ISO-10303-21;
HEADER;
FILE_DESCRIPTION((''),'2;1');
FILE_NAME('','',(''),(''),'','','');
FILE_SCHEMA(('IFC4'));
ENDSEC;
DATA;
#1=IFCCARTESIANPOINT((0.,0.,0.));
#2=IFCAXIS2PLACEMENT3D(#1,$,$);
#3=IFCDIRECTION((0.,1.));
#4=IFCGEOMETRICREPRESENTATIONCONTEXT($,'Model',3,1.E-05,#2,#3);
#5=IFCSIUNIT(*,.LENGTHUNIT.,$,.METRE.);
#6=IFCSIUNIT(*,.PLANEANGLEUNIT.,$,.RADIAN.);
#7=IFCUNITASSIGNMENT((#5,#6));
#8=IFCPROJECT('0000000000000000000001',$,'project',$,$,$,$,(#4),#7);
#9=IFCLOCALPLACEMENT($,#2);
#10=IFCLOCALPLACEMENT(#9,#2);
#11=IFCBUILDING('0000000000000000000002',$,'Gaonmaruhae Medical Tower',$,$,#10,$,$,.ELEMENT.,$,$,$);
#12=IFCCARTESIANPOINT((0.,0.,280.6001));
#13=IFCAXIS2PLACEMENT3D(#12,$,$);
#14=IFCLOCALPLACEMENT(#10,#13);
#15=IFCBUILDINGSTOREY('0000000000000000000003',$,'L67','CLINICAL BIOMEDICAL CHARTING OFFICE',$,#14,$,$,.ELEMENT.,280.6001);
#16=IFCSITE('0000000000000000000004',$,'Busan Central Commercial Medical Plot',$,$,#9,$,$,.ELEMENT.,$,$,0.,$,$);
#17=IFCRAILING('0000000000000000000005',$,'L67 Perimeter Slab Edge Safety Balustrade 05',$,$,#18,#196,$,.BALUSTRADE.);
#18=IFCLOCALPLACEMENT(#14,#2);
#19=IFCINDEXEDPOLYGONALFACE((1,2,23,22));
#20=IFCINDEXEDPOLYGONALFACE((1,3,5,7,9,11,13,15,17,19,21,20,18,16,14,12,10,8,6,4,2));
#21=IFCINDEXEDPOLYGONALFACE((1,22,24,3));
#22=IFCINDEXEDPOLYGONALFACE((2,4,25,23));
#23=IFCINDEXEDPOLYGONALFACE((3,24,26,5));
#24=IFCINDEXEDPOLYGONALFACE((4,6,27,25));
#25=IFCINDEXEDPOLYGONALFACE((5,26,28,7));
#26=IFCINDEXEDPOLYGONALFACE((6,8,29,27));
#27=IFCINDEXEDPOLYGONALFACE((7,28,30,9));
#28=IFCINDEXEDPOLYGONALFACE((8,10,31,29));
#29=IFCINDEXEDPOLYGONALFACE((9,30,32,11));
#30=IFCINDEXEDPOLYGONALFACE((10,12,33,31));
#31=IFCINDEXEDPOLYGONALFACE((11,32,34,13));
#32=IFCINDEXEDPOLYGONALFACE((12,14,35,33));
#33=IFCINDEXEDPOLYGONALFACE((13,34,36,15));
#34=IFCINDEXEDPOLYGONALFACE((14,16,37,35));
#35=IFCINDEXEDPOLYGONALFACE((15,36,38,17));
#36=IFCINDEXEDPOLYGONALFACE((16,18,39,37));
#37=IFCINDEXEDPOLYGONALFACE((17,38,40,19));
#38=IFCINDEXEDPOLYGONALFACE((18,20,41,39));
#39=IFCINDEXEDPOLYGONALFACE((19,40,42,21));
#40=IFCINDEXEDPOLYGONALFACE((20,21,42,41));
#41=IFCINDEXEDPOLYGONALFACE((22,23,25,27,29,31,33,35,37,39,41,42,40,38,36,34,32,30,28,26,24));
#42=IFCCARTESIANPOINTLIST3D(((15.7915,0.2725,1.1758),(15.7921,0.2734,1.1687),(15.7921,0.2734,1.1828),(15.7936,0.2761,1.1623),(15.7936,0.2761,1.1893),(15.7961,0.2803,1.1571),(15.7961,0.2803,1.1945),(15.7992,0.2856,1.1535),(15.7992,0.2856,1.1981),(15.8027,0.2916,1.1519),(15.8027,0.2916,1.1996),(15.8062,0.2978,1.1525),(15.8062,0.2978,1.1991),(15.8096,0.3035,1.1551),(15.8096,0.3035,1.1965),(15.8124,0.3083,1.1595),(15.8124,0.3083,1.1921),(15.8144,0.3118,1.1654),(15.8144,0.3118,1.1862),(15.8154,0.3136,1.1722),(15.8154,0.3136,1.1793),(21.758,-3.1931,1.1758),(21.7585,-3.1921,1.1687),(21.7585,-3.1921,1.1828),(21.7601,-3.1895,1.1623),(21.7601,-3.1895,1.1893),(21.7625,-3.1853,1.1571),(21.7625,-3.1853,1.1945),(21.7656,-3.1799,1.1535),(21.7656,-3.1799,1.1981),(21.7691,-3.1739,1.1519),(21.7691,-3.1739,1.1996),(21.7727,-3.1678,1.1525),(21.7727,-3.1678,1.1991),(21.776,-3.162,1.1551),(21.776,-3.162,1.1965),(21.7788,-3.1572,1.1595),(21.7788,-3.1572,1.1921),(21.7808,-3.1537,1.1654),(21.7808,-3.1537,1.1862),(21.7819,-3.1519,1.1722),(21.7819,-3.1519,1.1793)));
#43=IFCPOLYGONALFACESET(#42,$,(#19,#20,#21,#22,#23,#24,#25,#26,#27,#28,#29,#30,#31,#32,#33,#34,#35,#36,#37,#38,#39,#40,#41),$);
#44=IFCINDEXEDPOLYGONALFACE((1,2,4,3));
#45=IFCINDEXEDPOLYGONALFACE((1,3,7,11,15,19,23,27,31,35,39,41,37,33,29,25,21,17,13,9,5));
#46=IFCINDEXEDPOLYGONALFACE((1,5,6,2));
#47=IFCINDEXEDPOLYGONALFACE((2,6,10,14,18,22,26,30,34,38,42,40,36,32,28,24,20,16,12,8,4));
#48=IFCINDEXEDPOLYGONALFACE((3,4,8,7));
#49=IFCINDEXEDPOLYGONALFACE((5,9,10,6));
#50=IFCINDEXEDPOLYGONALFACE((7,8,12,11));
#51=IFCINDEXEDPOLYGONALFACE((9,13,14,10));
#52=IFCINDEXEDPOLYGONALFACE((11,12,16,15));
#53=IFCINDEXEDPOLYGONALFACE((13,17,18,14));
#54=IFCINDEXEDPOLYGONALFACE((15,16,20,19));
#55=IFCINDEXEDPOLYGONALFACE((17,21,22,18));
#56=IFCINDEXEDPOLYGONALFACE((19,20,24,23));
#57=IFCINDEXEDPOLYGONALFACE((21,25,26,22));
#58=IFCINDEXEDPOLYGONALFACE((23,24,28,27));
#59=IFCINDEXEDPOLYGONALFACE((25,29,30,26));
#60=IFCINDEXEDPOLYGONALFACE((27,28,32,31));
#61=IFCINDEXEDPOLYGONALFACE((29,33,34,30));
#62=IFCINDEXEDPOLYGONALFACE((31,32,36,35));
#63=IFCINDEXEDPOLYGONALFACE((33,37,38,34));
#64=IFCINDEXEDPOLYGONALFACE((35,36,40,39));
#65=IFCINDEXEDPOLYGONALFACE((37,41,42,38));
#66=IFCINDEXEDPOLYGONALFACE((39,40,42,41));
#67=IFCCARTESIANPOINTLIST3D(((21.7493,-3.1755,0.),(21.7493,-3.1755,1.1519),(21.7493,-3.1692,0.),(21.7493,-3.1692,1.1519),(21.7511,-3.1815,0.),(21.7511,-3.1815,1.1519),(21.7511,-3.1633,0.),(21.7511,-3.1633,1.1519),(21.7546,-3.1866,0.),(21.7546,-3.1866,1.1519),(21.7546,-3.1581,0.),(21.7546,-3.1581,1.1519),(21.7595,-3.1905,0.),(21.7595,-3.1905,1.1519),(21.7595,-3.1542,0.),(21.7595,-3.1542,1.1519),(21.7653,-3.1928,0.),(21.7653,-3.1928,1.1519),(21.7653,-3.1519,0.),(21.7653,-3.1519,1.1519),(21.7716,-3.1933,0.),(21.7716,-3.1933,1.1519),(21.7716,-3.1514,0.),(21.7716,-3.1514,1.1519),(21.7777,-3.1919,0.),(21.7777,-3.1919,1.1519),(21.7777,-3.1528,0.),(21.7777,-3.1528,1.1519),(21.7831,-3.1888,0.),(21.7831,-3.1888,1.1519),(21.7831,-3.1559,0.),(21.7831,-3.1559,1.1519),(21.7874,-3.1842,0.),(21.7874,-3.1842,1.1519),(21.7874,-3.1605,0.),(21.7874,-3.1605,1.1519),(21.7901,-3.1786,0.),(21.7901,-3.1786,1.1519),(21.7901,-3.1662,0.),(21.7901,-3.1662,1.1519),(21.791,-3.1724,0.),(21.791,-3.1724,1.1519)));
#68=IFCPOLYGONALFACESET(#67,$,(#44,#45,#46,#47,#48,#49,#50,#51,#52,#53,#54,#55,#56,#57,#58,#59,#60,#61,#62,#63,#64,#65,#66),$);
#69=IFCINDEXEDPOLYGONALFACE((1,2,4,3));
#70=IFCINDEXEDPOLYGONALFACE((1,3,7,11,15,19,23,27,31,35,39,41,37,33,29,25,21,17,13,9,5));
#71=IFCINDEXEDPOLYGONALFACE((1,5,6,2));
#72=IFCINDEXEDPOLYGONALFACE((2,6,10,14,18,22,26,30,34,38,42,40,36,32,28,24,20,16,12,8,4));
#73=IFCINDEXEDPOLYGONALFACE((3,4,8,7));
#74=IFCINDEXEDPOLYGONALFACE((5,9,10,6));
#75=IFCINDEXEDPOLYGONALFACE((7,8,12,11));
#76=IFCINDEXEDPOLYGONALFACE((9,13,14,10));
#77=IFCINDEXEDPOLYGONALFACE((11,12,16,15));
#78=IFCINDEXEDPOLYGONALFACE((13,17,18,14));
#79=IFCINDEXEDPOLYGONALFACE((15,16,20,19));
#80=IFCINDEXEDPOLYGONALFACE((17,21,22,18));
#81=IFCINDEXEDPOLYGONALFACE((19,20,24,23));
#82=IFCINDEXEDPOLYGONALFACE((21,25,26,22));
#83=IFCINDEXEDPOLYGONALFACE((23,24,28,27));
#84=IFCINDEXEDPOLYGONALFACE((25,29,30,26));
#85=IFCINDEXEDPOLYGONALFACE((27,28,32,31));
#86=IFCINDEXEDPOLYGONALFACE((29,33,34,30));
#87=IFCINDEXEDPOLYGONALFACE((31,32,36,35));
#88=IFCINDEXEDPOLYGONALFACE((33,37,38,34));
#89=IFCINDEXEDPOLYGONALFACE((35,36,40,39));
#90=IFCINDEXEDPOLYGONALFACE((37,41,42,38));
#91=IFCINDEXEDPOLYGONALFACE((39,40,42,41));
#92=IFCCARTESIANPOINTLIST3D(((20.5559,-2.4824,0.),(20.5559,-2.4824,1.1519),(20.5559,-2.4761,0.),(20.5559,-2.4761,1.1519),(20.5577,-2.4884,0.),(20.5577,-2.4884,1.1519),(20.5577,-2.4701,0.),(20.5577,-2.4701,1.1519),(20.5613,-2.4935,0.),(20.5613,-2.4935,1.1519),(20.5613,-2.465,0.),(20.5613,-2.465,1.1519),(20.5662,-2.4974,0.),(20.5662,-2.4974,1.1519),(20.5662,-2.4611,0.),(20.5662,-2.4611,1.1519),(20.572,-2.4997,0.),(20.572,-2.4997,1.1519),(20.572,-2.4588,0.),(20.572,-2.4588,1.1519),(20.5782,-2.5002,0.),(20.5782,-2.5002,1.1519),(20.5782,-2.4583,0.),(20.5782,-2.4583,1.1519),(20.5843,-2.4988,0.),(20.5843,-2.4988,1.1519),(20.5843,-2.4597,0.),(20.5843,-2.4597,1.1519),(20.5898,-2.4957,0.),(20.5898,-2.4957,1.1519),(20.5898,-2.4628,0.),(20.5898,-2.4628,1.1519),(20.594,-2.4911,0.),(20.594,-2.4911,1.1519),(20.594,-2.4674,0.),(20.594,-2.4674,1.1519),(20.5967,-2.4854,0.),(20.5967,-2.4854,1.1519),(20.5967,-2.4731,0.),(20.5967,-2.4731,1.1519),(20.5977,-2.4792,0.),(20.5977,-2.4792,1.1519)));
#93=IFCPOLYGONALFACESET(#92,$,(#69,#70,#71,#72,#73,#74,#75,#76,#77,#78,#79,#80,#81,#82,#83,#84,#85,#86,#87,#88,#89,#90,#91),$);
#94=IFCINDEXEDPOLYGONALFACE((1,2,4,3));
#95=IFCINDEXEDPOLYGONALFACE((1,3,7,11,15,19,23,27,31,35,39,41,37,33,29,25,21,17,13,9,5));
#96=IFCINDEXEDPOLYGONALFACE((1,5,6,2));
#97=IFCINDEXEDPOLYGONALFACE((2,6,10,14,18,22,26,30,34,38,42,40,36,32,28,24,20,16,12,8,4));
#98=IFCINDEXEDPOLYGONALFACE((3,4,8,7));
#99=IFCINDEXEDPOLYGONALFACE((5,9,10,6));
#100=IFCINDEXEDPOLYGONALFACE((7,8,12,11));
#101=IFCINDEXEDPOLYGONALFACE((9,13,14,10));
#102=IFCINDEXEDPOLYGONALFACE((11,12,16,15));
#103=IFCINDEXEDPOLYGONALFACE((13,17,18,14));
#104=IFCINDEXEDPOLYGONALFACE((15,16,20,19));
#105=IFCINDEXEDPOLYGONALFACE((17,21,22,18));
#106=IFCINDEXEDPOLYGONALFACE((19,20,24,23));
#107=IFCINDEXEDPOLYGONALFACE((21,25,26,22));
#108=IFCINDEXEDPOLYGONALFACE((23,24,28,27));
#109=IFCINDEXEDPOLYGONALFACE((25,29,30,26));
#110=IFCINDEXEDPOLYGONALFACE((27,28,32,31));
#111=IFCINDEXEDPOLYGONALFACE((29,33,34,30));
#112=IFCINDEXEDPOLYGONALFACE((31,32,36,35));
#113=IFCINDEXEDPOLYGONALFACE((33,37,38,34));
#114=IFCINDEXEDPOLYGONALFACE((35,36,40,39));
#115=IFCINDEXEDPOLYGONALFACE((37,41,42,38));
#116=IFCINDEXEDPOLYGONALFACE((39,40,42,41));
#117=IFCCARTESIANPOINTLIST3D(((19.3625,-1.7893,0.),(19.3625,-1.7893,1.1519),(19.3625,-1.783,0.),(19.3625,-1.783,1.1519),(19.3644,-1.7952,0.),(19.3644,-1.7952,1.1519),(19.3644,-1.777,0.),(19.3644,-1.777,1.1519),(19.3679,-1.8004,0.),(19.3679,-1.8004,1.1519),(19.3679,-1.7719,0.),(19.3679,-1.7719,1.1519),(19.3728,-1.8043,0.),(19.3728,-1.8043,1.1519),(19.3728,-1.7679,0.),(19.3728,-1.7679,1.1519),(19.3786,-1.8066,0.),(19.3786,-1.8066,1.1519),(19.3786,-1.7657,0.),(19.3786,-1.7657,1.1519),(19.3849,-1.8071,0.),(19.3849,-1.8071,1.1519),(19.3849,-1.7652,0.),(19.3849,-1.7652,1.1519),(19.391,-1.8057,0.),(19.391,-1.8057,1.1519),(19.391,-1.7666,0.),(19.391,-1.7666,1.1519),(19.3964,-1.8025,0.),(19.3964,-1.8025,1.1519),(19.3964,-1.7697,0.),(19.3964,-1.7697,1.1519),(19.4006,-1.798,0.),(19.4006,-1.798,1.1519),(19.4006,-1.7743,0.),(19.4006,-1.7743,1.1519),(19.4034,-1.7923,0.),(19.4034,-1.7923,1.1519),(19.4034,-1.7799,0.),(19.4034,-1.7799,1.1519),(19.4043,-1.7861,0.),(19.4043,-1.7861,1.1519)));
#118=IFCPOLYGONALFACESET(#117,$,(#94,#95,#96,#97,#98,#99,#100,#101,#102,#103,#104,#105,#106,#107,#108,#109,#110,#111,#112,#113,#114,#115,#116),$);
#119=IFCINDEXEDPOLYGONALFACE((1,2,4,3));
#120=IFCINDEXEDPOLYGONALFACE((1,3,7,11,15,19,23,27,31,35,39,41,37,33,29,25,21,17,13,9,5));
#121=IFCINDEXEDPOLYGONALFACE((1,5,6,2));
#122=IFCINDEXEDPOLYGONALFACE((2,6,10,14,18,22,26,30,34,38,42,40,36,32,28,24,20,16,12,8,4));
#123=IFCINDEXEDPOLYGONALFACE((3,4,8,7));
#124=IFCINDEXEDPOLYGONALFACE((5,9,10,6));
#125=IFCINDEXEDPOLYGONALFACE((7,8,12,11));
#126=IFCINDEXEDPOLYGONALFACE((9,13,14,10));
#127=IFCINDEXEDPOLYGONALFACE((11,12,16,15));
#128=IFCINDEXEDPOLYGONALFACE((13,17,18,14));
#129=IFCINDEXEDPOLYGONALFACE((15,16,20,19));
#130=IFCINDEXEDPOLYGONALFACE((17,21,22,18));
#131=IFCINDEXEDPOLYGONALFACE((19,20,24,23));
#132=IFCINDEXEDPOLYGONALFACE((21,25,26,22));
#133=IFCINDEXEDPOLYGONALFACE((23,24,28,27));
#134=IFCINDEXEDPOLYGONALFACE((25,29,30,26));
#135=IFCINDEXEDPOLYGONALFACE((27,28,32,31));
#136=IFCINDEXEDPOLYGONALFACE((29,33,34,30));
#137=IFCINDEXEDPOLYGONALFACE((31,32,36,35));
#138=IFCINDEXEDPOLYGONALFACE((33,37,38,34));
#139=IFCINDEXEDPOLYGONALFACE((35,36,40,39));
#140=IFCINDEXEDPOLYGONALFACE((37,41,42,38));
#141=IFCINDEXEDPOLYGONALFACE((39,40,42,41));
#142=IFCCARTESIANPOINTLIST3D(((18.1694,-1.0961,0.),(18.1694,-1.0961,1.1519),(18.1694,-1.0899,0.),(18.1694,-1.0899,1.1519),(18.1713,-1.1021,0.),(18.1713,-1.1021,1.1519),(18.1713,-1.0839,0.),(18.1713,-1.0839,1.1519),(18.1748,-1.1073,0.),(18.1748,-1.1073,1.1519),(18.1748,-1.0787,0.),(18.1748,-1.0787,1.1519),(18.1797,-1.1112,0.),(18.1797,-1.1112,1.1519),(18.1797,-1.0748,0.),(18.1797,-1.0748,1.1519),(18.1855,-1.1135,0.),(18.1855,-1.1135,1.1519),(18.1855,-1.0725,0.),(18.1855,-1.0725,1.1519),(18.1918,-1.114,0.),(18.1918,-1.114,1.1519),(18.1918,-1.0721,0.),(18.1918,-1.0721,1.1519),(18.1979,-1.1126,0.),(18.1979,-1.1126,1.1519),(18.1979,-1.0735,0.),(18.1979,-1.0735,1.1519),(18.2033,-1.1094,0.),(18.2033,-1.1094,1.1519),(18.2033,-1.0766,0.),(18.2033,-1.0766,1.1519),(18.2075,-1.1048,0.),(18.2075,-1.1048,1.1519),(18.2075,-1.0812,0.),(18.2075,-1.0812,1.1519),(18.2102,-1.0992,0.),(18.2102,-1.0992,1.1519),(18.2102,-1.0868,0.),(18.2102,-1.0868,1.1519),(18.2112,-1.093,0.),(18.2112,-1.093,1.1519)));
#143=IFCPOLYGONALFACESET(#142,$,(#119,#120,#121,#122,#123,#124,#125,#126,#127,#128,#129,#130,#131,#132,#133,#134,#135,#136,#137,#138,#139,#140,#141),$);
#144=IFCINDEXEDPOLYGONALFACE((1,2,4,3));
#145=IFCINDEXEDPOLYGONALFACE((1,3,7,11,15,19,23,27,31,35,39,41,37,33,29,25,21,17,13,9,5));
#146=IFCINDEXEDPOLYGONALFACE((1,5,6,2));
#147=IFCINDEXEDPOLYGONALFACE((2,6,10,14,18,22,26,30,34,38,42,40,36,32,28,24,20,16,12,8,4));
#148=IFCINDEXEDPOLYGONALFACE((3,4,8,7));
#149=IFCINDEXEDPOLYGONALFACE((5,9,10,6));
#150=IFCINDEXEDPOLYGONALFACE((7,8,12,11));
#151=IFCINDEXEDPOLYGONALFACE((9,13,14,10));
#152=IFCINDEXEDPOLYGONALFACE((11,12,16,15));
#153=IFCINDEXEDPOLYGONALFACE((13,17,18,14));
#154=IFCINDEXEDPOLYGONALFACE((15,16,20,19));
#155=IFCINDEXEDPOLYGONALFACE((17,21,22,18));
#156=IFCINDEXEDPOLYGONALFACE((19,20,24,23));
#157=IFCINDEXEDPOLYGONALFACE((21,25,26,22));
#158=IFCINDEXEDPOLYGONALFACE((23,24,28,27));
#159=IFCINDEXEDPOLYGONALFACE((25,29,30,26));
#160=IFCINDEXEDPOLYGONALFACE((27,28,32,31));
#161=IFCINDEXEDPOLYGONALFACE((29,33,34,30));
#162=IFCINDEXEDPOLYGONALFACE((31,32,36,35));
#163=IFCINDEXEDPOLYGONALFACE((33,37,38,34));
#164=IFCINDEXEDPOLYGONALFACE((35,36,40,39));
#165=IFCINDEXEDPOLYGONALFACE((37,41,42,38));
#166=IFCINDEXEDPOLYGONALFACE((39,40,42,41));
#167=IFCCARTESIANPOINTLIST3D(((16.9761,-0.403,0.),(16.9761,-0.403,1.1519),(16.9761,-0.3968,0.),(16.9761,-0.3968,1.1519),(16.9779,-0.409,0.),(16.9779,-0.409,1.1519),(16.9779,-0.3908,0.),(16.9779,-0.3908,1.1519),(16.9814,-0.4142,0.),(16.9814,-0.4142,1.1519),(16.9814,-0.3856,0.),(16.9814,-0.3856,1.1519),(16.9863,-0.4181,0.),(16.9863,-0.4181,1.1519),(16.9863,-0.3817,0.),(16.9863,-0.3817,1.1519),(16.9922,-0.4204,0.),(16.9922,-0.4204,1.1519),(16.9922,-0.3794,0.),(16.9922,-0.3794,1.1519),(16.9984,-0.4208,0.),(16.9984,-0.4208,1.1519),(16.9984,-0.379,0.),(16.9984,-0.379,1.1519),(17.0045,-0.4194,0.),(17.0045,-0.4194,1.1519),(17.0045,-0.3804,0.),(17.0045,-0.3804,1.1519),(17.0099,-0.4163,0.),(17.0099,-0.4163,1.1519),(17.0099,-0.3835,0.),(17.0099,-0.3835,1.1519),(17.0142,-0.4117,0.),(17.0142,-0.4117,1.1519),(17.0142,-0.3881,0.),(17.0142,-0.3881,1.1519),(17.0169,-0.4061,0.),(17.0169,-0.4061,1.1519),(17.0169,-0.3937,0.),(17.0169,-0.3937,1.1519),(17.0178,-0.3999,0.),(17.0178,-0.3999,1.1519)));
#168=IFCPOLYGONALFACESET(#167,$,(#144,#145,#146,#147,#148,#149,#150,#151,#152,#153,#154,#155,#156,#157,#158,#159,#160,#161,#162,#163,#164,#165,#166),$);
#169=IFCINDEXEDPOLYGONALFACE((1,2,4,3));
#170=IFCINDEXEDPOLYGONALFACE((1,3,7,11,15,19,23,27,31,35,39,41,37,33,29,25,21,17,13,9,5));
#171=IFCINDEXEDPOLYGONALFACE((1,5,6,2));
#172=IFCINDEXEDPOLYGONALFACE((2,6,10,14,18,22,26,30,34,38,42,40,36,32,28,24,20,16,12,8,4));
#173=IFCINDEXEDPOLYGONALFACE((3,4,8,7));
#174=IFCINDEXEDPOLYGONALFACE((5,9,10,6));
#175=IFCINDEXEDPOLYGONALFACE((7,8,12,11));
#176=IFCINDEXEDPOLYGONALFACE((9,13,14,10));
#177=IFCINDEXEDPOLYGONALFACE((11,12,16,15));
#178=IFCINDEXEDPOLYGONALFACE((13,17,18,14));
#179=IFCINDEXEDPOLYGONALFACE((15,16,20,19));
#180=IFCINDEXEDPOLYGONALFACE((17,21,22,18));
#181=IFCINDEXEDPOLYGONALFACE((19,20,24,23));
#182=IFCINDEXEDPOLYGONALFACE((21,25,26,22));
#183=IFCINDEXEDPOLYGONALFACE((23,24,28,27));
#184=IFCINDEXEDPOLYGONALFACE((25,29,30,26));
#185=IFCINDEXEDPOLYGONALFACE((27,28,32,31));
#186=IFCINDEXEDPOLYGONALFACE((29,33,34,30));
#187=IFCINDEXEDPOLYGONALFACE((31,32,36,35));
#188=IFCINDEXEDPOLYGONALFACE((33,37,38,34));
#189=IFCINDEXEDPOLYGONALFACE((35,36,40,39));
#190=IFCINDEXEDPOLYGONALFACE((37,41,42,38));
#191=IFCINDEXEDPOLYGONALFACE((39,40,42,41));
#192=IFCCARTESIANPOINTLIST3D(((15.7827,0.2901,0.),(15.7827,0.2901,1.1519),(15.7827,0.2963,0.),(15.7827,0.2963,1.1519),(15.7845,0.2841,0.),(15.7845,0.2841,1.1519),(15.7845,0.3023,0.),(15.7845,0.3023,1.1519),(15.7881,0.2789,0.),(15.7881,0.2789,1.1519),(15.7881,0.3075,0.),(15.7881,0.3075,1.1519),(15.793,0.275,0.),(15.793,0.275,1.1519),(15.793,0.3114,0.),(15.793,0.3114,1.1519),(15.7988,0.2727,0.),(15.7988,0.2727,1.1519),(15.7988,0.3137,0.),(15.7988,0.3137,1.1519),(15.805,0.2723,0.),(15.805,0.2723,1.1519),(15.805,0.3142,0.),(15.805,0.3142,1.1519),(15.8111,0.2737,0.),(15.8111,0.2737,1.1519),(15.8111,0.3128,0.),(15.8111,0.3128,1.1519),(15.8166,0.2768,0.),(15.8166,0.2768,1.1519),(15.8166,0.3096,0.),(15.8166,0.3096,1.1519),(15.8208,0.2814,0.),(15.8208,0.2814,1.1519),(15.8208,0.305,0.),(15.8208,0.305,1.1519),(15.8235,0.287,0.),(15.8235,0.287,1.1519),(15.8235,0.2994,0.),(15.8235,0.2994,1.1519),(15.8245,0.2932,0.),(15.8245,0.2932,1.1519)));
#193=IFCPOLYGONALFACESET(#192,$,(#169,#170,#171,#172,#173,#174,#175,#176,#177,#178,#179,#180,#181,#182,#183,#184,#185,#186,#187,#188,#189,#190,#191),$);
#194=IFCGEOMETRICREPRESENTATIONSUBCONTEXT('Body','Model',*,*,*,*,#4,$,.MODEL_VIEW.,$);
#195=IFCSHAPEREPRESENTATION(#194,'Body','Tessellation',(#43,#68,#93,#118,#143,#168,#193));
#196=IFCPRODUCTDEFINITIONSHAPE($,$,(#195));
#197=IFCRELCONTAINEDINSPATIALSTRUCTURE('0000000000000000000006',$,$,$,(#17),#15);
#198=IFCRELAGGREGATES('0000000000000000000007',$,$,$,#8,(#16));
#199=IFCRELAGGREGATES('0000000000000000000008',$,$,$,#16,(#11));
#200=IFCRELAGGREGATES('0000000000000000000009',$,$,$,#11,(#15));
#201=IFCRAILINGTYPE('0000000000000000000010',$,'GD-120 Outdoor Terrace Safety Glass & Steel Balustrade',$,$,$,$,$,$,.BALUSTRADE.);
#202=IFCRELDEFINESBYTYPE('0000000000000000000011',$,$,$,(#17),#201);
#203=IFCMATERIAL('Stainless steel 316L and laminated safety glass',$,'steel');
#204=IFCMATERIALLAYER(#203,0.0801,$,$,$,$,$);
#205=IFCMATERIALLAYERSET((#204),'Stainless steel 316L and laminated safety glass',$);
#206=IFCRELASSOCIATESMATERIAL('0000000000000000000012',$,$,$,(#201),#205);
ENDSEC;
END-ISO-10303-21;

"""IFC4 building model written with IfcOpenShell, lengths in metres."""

from ifc_helpers import new_model, si_unit, direction, frame, origin, origin_2d, place, context, subcontext, project, spatial, circle, extrude, material, layer, layer_set, type_object, element, save


model = new_model("IFC4")

# Units and contexts
model_context = context("Model", 3, precision=1e-05, world=origin(), true_north=direction((0.0, 1.0)))
body_context = subcontext(model_context, "Body", "Model", "MODEL_VIEW")
ifc_project = project(units=[si_unit("LENGTHUNIT", "METRE"), si_unit("PLANEANGLEUNIT", "RADIAN")], contexts=[model_context])

# Site, building, storey
site_placement = place(None, origin())
site = spatial("IfcSite", under=ifc_project, at=site_placement, Name="Busan Central Commercial Medical Plot", CompositionType="ELEMENT", RefElevation=0.0)
building_placement = place(site_placement, origin())
building = spatial("IfcBuilding", under=site, at=building_placement, Name="Gaonmaruhae Medical Tower", CompositionType="ELEMENT")
storey_placement = place(building_placement, frame((0.0, 0.0, 280.6001)))
storey = spatial("IfcBuildingStorey", under=building, at=storey_placement, Name="L67", Description="CLINICAL BIOMEDICAL CHARTING OFFICE", CompositionType="ELEMENT", Elevation=280.6001)

# Railing
ifc_material_1 = material(Name="Stainless steel 316L and laminated safety glass", Category="steel")
ifc_layer_1 = layer(ifc_material_1, 0.0801)
ifc_layer_set_1 = layer_set([ifc_layer_1], Name="Stainless steel 316L and laminated safety glass")
railing_type = type_object("IfcRailingType", Name="GD-120 Outdoor Terrace Safety Glass & Steel Balustrade", PredefinedType="BALUSTRADE", material=ifc_layer_set_1)
railing_1_placement = place(storey_placement, frame((21.77, -3.1724, 0.0)))
element("IfcRailing", 1, at=railing_1_placement, inside=storey, type_object=railing_type, Name="L67 Perimeter Slab Edge Safety Balustrade 05", PredefinedType="BALUSTRADE", context=body_context, shape_type="SweptSolid", body=[
    extrude(circle(Radius=0.0239, at=origin_2d()), frame((0.0, 0.0, 1.1758), z_axis=(-0.864718, 0.502258, 0.0), x_axis=(-0.502258, -0.864718, 0.0)), (0.0, 0.0, 1.0), 6.8999),
    extrude(circle(Radius=0.021, at=origin_2d()), origin(), (0.0, 0.0, 1.0), 1.1519),
    extrude(circle(Radius=0.021, at=origin_2d()), frame((-1.1934, 0.6931, 0.0)), (0.0, 0.0, 1.0), 1.1519),
    extrude(circle(Radius=0.021, at=origin_2d()), frame((-2.3867, 1.3862, 0.0)), (0.0, 0.0, 1.0), 1.1519),
    extrude(circle(Radius=0.021, at=origin_2d()), frame((-3.5798, 2.0793, 0.0)), (0.0, 0.0, 1.0), 1.1519),
    extrude(circle(Radius=0.021, at=origin_2d()), frame((-4.7732, 2.7725, 0.0)), (0.0, 0.0, 1.0), 1.1519),
    extrude(circle(Radius=0.021, at=origin_2d()), frame((-5.9666, 3.4656, 0.0)), (0.0, 0.0, 1.0), 1.1519),
])

save(model, "model.ifc")
